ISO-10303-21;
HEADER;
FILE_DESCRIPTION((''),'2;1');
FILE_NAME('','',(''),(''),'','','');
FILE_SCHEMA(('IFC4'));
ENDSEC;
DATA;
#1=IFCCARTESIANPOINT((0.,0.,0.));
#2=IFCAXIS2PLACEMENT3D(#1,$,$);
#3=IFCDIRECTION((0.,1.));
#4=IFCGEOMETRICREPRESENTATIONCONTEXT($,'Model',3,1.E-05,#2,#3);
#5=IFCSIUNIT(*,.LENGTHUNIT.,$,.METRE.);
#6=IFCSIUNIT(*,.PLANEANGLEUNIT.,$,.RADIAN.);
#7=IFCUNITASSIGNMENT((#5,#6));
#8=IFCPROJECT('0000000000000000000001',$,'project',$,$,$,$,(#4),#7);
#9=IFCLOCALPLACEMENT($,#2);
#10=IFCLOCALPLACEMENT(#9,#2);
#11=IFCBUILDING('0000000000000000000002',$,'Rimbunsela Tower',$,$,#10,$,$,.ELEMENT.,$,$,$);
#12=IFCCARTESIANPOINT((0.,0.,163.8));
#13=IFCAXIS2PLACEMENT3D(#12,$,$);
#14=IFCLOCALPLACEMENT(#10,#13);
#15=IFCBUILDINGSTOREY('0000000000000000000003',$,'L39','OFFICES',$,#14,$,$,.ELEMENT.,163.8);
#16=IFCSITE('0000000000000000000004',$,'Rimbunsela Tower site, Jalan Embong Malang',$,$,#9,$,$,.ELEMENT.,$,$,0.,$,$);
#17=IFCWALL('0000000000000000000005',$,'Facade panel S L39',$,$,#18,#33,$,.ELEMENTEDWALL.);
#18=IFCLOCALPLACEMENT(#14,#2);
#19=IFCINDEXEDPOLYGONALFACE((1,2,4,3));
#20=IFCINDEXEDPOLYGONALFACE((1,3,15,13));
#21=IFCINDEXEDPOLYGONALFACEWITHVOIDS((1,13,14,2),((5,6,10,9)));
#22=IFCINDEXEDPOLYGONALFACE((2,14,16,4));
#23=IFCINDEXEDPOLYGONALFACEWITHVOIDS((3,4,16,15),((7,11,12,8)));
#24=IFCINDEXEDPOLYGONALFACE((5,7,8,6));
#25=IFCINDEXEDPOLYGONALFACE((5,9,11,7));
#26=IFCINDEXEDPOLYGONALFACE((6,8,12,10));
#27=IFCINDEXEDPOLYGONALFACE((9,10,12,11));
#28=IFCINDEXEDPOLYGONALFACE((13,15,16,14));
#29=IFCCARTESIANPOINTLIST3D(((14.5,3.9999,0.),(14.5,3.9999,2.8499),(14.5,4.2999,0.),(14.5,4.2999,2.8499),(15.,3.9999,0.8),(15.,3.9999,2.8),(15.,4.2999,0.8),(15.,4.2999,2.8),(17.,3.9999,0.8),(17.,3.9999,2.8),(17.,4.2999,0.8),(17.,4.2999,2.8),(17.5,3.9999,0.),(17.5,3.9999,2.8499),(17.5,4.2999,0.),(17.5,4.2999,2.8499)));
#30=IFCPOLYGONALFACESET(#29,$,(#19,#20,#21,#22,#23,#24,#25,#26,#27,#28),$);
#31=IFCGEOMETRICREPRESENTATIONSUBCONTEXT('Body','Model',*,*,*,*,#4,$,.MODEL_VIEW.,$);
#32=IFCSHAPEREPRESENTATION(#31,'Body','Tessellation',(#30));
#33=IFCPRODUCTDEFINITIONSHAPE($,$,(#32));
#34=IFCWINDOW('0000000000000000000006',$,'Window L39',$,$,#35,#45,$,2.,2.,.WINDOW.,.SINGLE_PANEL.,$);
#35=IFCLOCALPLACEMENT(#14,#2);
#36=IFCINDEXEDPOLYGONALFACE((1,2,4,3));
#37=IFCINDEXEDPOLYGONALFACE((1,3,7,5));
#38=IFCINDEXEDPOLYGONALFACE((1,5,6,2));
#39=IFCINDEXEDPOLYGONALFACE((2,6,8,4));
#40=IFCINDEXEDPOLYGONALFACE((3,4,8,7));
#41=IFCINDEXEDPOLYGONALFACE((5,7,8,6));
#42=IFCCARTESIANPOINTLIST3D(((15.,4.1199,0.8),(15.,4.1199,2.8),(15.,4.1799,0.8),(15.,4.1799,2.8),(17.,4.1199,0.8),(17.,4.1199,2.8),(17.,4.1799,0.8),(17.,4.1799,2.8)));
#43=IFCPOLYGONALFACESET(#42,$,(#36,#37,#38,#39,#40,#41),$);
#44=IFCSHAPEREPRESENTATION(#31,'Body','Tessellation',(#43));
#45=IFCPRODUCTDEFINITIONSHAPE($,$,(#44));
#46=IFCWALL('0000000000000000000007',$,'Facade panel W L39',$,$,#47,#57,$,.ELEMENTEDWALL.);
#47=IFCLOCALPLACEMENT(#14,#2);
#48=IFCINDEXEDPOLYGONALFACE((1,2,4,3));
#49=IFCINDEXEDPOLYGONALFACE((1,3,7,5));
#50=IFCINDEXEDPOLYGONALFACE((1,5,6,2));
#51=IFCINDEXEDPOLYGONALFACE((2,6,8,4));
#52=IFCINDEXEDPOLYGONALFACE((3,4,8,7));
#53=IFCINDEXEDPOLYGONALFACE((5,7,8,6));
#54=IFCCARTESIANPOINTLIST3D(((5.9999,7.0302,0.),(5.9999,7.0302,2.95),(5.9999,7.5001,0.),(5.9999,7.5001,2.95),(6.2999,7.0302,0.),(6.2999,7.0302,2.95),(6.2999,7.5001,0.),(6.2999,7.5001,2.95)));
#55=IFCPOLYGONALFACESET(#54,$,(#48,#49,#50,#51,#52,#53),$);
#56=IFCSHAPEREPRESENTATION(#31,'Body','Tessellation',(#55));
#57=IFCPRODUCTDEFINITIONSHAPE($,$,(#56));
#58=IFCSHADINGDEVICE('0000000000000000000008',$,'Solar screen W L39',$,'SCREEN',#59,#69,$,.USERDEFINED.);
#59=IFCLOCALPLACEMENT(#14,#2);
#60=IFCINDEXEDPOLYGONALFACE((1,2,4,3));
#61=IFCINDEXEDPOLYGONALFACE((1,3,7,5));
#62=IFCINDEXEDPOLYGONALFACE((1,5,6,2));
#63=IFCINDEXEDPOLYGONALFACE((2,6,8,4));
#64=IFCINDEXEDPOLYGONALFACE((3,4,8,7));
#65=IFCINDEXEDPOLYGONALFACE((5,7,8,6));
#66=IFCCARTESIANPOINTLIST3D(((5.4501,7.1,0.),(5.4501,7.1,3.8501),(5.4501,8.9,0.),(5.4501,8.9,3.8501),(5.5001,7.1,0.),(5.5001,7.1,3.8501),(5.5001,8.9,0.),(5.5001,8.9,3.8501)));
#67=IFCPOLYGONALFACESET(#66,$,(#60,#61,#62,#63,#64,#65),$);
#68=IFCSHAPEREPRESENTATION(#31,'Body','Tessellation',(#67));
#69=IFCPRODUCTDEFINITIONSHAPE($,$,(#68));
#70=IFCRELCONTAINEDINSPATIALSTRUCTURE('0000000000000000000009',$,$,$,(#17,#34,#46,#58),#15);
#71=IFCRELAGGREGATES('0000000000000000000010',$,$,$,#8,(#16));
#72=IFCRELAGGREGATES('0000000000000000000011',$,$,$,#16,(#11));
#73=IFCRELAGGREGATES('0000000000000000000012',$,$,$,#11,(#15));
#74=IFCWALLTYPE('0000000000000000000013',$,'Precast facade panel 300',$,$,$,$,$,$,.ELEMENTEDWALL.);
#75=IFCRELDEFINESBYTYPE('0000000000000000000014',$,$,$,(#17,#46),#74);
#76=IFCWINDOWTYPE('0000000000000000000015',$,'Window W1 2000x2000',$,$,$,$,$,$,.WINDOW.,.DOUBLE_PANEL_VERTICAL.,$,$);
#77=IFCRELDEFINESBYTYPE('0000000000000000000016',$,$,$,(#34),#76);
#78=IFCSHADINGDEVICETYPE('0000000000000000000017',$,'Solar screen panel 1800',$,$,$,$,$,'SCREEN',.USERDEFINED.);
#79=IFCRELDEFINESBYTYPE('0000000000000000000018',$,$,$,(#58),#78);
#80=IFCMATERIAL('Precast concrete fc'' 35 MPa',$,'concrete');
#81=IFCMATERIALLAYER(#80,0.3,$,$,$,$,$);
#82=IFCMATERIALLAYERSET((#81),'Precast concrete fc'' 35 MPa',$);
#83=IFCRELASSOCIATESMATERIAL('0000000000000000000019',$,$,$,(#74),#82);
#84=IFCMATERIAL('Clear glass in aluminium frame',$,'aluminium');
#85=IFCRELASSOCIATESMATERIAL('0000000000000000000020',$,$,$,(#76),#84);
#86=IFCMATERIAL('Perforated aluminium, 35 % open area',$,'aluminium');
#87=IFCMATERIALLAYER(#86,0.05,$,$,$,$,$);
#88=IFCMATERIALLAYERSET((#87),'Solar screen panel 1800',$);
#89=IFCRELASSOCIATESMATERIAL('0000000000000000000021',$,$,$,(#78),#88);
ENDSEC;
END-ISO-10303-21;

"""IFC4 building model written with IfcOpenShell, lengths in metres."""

from ifc_helpers import new_model, si_unit, direction, frame, frame_2d, origin, origin_2d, place, context, subcontext, project, spatial, rectangle, extrude, material, layer, layer_set, type_object, element, fill, save


model = new_model("IFC4")

# Units and contexts
model_context = context("Model", 3, precision=1e-05, world=origin(), true_north=direction((0.0, 1.0)))
body_context = subcontext(model_context, "Body", "Model", "MODEL_VIEW")
ifc_project = project(units=[si_unit("LENGTHUNIT", "METRE"), si_unit("PLANEANGLEUNIT", "RADIAN")], contexts=[model_context])

# Site, building, storey
site_placement = place(None, origin())
site = spatial("IfcSite", under=ifc_project, at=site_placement, Name="Rimbunsela Tower site, Jalan Embong Malang", CompositionType="ELEMENT", RefElevation=0.0)
building_placement = place(site_placement, origin())
building = spatial("IfcBuilding", under=site, at=building_placement, Name="Rimbunsela Tower", CompositionType="ELEMENT")
storey_placement = place(building_placement, frame((0.0, 0.0, 163.8)))
storey = spatial("IfcBuildingStorey", under=building, at=storey_placement, Name="L39", Description="OFFICES", CompositionType="ELEMENT", Elevation=163.8)

# Shared definitions
ifc_material_1 = material(Name="Precast concrete fc' 35 MPa", Category="concrete")
ifc_layer_1 = layer(ifc_material_1, 0.3)
ifc_layer_set_1 = layer_set([ifc_layer_1], Name="Precast concrete fc' 35 MPa")
wall_type_1 = type_object("IfcWallType", Name="Precast facade panel 300", PredefinedType="ELEMENTEDWALL", material=ifc_layer_set_1)

# Wall, opening, window
ifc_material_2 = material(Name="Clear glass in aluminium frame", Category="aluminium")
window_type = type_object("IfcWindowType", Name="Window W1 2000x2000", PartitioningType="DOUBLE_PANEL_VERTICAL", PredefinedType="WINDOW", material=ifc_material_2)
wall_1_placement = place(storey_placement, frame((14.5, 4.1499, 0.0), z_axis=(0.0, 0.0, 1.0), x_axis=(1.0, 0.0, 0.0)))
wall_1 = element("IfcWall", 1, at=wall_1_placement, inside=storey, type_object=wall_type_1, Name="Facade panel S L39", PredefinedType="ELEMENTEDWALL", context=body_context, shape_type="SweptSolid", body=[
    extrude(rectangle(XDim=3.0, YDim=0.3, at=frame_2d((1.5, 0.0))), origin(), (0.0, 0.0, 1.0), 2.8499),
])
opening_1_placement = place(wall_1_placement, frame((0.5, 0.0, 0.8)))
opening_1 = element("IfcOpeningElement", 2, at=opening_1_placement, cuts=wall_1, PredefinedType="OPENING", context=body_context, shape_type="SweptSolid", body=[
    extrude(rectangle(XDim=2.0, YDim=2.0, at=frame_2d((1.0, 1.0))), frame((0.0, 0.1599, 0.0), z_axis=(0.0, -1.0, 0.0), x_axis=(1.0, 0.0, 0.0)), (0.0, 0.0, 1.0), 0.3201),
])
window_1_placement = place(opening_1_placement, origin())
window_1 = element("IfcWindow", 3, at=window_1_placement, inside=storey, type_object=window_type, Name="Window L39", OverallHeight=2.0, OverallWidth=2.0, PartitioningType="SINGLE_PANEL", PredefinedType="WINDOW", context=body_context, shape_type="SweptSolid", body=[
    extrude(rectangle(XDim=2.0, YDim=2.0, at=frame_2d((1.0, 1.0))), frame((0.0, 0.03, 0.0), z_axis=(0.0, -1.0, 0.0), x_axis=(1.0, 0.0, 0.0)), (0.0, 0.0, 1.0), 0.0601),
])
fill(opening_1, window_1)

# Wall
wall_2_placement = place(storey_placement, frame((6.1499, 7.5, 0.0), z_axis=(0.0, 0.0, 1.0), x_axis=(0.0, -1.0, 0.0)))
element("IfcWall", 4, at=wall_2_placement, inside=storey, type_object=wall_type_1, Name="Facade panel W L39", PredefinedType="ELEMENTEDWALL", context=body_context, shape_type="SweptSolid", body=[
    extrude(rectangle(XDim=0.47, YDim=0.3, at=frame_2d((0.2349, 0.0))), origin(), (0.0, 0.0, 1.0), 2.95),
])

# Shading device
ifc_material_3 = material(Name="Perforated aluminium, 35 % open area", Category="aluminium")
ifc_layer_2 = layer(ifc_material_3, 0.05)
ifc_layer_set_2 = layer_set([ifc_layer_2], Name="Solar screen panel 1800")
shading_device_type = type_object("IfcShadingDeviceType", Name="Solar screen panel 1800", ElementType="SCREEN", PredefinedType="USERDEFINED", material=ifc_layer_set_2)
shading_device_placement = place(storey_placement, frame((5.4751, 8.0, 0.0), z_axis=(0.0, 0.0, 1.0), x_axis=(0.0, 1.0, 0.0)))
element("IfcShadingDevice", 5, at=shading_device_placement, inside=storey, type_object=shading_device_type, Name="Solar screen W L39", ObjectType="SCREEN", PredefinedType="USERDEFINED", context=body_context, shape_type="SweptSolid", body=[
    extrude(rectangle(XDim=1.8, YDim=0.05, at=origin_2d()), origin(), (0.0, 0.0, 1.0), 3.8501),
])

save(model, "model.ifc")
